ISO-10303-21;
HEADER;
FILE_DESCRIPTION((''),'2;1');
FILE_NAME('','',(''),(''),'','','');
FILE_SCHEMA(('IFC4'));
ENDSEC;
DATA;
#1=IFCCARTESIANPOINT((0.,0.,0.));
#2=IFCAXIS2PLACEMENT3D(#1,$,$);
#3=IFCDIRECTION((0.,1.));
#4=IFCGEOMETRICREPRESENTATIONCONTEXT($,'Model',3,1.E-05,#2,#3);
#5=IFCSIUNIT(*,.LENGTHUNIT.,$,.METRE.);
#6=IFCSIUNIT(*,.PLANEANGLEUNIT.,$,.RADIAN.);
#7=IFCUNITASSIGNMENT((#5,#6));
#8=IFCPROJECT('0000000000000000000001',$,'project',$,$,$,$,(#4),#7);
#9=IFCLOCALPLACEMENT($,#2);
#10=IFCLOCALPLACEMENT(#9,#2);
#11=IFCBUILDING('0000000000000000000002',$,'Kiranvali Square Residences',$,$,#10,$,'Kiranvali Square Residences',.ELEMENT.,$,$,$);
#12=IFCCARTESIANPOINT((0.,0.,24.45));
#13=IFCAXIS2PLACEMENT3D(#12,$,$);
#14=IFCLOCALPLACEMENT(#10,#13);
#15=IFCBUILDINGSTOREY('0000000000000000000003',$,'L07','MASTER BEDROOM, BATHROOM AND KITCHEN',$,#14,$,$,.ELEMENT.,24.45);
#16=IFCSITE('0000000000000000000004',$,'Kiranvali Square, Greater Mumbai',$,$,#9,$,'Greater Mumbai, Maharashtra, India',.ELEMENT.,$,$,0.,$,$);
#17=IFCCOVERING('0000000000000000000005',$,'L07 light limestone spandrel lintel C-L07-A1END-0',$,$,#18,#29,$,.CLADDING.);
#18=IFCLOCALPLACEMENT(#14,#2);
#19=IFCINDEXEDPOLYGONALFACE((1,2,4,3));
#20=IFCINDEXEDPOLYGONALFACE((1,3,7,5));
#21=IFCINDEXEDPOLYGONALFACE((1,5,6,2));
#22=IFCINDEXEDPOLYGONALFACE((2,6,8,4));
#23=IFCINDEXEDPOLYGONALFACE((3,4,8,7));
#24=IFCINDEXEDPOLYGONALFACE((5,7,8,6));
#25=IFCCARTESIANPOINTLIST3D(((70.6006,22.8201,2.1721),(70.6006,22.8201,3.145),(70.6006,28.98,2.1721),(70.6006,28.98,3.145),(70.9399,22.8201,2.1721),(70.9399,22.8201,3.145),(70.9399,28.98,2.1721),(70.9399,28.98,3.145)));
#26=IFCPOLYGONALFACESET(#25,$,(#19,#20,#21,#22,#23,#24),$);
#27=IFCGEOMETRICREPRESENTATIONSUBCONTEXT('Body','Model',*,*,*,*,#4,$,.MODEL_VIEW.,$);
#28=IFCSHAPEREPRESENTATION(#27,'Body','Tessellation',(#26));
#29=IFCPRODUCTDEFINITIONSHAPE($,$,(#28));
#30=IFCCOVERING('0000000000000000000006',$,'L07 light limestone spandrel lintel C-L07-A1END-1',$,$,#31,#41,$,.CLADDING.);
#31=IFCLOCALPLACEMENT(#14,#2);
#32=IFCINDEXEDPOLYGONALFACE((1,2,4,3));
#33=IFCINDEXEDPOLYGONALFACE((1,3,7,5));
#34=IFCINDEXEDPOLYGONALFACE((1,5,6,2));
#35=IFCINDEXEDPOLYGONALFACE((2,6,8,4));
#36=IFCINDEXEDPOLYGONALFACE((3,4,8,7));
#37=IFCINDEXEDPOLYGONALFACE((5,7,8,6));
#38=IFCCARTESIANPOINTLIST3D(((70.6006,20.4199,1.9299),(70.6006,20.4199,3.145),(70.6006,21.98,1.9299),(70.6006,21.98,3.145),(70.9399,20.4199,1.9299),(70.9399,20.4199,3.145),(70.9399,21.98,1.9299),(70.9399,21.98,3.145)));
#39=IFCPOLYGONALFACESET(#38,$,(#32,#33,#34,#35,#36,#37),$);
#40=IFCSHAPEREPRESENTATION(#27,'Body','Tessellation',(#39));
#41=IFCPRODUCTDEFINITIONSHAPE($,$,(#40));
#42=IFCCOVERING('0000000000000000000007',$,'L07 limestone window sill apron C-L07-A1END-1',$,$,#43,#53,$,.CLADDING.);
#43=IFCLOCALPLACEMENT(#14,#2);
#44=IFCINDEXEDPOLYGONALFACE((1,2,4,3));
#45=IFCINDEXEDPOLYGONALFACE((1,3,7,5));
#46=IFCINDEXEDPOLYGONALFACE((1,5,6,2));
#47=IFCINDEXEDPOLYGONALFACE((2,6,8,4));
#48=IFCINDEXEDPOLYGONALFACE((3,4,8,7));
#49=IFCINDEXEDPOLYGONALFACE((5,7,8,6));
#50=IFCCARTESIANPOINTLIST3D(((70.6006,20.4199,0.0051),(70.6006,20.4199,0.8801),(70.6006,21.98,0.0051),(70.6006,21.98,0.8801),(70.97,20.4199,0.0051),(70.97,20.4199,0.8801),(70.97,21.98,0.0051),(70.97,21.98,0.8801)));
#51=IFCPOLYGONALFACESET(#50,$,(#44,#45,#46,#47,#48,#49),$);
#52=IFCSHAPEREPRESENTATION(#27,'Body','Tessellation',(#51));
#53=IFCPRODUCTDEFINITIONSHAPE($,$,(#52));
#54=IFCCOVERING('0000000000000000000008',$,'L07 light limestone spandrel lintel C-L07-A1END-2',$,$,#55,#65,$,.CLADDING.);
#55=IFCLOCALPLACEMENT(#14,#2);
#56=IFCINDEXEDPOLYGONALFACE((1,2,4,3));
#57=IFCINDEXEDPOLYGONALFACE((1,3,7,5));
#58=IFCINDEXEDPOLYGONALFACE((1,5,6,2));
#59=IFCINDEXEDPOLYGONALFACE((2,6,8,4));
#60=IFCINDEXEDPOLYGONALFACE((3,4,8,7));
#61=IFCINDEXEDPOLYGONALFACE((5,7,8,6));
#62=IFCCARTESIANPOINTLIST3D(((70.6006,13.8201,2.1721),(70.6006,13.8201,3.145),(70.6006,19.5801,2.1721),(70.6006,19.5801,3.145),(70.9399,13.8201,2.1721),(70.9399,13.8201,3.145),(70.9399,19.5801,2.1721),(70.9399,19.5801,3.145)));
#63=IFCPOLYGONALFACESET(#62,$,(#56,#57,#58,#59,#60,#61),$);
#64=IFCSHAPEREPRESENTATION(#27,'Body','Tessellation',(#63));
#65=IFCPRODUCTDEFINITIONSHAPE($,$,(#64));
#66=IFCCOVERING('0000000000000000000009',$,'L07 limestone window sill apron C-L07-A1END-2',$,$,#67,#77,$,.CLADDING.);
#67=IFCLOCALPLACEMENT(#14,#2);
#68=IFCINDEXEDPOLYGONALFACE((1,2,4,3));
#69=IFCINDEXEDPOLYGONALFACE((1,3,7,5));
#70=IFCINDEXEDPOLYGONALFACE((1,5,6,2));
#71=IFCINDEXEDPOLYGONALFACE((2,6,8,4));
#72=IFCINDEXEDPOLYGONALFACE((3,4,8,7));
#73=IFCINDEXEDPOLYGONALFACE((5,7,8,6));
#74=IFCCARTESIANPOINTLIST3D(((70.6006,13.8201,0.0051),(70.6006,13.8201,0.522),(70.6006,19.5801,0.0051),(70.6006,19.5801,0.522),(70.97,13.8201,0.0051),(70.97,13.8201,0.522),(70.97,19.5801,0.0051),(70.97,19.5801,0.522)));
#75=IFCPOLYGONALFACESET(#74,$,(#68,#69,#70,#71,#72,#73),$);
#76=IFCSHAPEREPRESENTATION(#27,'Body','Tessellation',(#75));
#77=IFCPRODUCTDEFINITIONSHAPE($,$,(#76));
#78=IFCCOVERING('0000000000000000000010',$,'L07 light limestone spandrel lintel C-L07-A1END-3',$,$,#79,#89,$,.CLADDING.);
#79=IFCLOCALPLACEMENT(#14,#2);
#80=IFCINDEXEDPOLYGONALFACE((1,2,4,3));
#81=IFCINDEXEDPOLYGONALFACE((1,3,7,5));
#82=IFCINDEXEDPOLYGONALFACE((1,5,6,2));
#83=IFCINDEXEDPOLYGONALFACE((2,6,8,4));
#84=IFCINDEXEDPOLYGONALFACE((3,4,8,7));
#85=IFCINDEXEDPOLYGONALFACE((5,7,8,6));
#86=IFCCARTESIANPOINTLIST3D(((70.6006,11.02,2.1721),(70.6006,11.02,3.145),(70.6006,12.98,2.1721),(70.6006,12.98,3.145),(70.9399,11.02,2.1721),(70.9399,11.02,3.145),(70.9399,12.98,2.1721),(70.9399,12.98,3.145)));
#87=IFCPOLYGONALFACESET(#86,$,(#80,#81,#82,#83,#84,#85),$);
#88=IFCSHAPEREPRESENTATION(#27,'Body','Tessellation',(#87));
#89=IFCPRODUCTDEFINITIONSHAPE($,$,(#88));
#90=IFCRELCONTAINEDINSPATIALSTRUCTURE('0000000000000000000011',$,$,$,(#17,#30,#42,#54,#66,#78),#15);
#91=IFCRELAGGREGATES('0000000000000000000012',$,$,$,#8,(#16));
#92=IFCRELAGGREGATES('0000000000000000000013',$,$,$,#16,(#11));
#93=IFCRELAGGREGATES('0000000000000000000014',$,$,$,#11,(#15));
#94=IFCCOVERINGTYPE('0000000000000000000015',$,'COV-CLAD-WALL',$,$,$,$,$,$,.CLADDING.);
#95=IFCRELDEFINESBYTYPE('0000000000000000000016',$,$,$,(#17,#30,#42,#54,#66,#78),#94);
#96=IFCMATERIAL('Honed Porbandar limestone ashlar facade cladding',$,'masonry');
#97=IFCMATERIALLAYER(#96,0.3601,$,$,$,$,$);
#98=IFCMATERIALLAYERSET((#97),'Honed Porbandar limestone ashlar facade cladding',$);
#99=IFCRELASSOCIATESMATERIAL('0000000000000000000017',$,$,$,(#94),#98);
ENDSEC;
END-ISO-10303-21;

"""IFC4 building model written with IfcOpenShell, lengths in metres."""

from ifc_helpers import new_model, si_unit, direction, frame, origin, place, context, subcontext, project, spatial, polyline, outline, extrude, material, layer, layer_set, type_object, element, save


model = new_model("IFC4")

# Units and contexts
model_context = context("Model", 3, precision=1e-05, world=origin(), true_north=direction((0.0, 1.0)))
body_context = subcontext(model_context, "Body", "Model", "MODEL_VIEW")
ifc_project = project(units=[si_unit("LENGTHUNIT", "METRE"), si_unit("PLANEANGLEUNIT", "RADIAN")], contexts=[model_context])

# Site, building, storey
site_placement = place(None, origin())
site = spatial("IfcSite", under=ifc_project, at=site_placement, Name="Kiranvali Square, Greater Mumbai", LongName="Greater Mumbai, Maharashtra, India", CompositionType="ELEMENT", RefElevation=0.0)
building_placement = place(site_placement, origin())
building = spatial("IfcBuilding", under=site, at=building_placement, Name="Kiranvali Square Residences", LongName="Kiranvali Square Residences", CompositionType="ELEMENT")
storey_placement = place(building_placement, frame((0.0, 0.0, 24.45)))
storey = spatial("IfcBuildingStorey", under=building, at=storey_placement, Name="L07", Description="MASTER BEDROOM, BATHROOM AND KITCHEN", CompositionType="ELEMENT", Elevation=24.45)

# Coverings
ifc_material = material(Name="Honed Porbandar limestone ashlar facade cladding", Category="masonry")
ifc_layer_1 = layer(ifc_material, 0.3601)
ifc_layer_set_1 = layer_set([ifc_layer_1], Name="Honed Porbandar limestone ashlar facade cladding")
covering_type_1 = type_object("IfcCoveringType", Name="COV-CLAD-WALL", PredefinedType="CLADDING", material=ifc_layer_set_1)
covering_1_placement = place(storey_placement, frame((0.0, 0.0, 2.1721)))
element("IfcCovering", 1, at=covering_1_placement, inside=storey, type_object=covering_type_1, Name="L07 light limestone spandrel lintel C-L07-A1END-0", PredefinedType="CLADDING", context=body_context, shape_type="SweptSolid", body=[
    extrude(outline(polyline([(70.6006, 28.98), (70.6006, 22.8201), (70.9399, 22.8201), (70.9399, 28.98), (70.6006, 28.98)])), origin(), (0.0, 0.0, 1.0), 0.9729),
])
covering_2_placement = place(storey_placement, frame((0.0, 0.0, 1.9299)))
element("IfcCovering", 2, at=covering_2_placement, inside=storey, type_object=covering_type_1, Name="L07 light limestone spandrel lintel C-L07-A1END-1", PredefinedType="CLADDING", context=body_context, shape_type="SweptSolid", body=[
    extrude(outline(polyline([(70.6006, 21.98), (70.6006, 20.4199), (70.9399, 20.4199), (70.9399, 21.98), (70.6006, 21.98)])), origin(), (0.0, 0.0, 1.0), 1.2151),
])
covering_3_placement = place(storey_placement, frame((0.0, 0.0, 0.0051)))
element("IfcCovering", 3, at=covering_3_placement, inside=storey, type_object=covering_type_1, Name="L07 limestone window sill apron C-L07-A1END-1", PredefinedType="CLADDING", context=body_context, shape_type="SweptSolid", body=[
    extrude(outline(polyline([(70.6006, 21.98), (70.6006, 20.4199), (70.97, 20.4199), (70.97, 21.98), (70.6006, 21.98)])), origin(), (0.0, 0.0, 1.0), 0.875),
])
covering_4_placement = place(storey_placement, frame((0.0, 0.0, 2.1721)))
element("IfcCovering", 4, at=covering_4_placement, inside=storey, type_object=covering_type_1, Name="L07 light limestone spandrel lintel C-L07-A1END-2", PredefinedType="CLADDING", context=body_context, shape_type="SweptSolid", body=[
    extrude(outline(polyline([(70.6006, 19.5801), (70.6006, 13.8201), (70.9399, 13.8201), (70.9399, 19.5801), (70.6006, 19.5801)])), origin(), (0.0, 0.0, 1.0), 0.9729),
])
covering_5_placement = place(storey_placement, frame((0.0, 0.0, 0.0051)))
element("IfcCovering", 5, at=covering_5_placement, inside=storey, type_object=covering_type_1, Name="L07 limestone window sill apron C-L07-A1END-2", PredefinedType="CLADDING", context=body_context, shape_type="SweptSolid", body=[
    extrude(outline(polyline([(70.6006, 19.5801), (70.6006, 13.8201), (70.97, 13.8201), (70.97, 19.5801), (70.6006, 19.5801)])), origin(), (0.0, 0.0, 1.0), 0.5168),
])
covering_6_placement = place(storey_placement, frame((0.0, 0.0, 2.1721)))
element("IfcCovering", 6, at=covering_6_placement, inside=storey, type_object=covering_type_1, Name="L07 light limestone spandrel lintel C-L07-A1END-3", PredefinedType="CLADDING", context=body_context, shape_type="SweptSolid", body=[
    extrude(outline(polyline([(70.6006, 12.98), (70.6006, 11.02), (70.9399, 11.02), (70.9399, 12.98), (70.6006, 12.98)])), origin(), (0.0, 0.0, 1.0), 0.9729),
])

save(model, "model.ifc")
